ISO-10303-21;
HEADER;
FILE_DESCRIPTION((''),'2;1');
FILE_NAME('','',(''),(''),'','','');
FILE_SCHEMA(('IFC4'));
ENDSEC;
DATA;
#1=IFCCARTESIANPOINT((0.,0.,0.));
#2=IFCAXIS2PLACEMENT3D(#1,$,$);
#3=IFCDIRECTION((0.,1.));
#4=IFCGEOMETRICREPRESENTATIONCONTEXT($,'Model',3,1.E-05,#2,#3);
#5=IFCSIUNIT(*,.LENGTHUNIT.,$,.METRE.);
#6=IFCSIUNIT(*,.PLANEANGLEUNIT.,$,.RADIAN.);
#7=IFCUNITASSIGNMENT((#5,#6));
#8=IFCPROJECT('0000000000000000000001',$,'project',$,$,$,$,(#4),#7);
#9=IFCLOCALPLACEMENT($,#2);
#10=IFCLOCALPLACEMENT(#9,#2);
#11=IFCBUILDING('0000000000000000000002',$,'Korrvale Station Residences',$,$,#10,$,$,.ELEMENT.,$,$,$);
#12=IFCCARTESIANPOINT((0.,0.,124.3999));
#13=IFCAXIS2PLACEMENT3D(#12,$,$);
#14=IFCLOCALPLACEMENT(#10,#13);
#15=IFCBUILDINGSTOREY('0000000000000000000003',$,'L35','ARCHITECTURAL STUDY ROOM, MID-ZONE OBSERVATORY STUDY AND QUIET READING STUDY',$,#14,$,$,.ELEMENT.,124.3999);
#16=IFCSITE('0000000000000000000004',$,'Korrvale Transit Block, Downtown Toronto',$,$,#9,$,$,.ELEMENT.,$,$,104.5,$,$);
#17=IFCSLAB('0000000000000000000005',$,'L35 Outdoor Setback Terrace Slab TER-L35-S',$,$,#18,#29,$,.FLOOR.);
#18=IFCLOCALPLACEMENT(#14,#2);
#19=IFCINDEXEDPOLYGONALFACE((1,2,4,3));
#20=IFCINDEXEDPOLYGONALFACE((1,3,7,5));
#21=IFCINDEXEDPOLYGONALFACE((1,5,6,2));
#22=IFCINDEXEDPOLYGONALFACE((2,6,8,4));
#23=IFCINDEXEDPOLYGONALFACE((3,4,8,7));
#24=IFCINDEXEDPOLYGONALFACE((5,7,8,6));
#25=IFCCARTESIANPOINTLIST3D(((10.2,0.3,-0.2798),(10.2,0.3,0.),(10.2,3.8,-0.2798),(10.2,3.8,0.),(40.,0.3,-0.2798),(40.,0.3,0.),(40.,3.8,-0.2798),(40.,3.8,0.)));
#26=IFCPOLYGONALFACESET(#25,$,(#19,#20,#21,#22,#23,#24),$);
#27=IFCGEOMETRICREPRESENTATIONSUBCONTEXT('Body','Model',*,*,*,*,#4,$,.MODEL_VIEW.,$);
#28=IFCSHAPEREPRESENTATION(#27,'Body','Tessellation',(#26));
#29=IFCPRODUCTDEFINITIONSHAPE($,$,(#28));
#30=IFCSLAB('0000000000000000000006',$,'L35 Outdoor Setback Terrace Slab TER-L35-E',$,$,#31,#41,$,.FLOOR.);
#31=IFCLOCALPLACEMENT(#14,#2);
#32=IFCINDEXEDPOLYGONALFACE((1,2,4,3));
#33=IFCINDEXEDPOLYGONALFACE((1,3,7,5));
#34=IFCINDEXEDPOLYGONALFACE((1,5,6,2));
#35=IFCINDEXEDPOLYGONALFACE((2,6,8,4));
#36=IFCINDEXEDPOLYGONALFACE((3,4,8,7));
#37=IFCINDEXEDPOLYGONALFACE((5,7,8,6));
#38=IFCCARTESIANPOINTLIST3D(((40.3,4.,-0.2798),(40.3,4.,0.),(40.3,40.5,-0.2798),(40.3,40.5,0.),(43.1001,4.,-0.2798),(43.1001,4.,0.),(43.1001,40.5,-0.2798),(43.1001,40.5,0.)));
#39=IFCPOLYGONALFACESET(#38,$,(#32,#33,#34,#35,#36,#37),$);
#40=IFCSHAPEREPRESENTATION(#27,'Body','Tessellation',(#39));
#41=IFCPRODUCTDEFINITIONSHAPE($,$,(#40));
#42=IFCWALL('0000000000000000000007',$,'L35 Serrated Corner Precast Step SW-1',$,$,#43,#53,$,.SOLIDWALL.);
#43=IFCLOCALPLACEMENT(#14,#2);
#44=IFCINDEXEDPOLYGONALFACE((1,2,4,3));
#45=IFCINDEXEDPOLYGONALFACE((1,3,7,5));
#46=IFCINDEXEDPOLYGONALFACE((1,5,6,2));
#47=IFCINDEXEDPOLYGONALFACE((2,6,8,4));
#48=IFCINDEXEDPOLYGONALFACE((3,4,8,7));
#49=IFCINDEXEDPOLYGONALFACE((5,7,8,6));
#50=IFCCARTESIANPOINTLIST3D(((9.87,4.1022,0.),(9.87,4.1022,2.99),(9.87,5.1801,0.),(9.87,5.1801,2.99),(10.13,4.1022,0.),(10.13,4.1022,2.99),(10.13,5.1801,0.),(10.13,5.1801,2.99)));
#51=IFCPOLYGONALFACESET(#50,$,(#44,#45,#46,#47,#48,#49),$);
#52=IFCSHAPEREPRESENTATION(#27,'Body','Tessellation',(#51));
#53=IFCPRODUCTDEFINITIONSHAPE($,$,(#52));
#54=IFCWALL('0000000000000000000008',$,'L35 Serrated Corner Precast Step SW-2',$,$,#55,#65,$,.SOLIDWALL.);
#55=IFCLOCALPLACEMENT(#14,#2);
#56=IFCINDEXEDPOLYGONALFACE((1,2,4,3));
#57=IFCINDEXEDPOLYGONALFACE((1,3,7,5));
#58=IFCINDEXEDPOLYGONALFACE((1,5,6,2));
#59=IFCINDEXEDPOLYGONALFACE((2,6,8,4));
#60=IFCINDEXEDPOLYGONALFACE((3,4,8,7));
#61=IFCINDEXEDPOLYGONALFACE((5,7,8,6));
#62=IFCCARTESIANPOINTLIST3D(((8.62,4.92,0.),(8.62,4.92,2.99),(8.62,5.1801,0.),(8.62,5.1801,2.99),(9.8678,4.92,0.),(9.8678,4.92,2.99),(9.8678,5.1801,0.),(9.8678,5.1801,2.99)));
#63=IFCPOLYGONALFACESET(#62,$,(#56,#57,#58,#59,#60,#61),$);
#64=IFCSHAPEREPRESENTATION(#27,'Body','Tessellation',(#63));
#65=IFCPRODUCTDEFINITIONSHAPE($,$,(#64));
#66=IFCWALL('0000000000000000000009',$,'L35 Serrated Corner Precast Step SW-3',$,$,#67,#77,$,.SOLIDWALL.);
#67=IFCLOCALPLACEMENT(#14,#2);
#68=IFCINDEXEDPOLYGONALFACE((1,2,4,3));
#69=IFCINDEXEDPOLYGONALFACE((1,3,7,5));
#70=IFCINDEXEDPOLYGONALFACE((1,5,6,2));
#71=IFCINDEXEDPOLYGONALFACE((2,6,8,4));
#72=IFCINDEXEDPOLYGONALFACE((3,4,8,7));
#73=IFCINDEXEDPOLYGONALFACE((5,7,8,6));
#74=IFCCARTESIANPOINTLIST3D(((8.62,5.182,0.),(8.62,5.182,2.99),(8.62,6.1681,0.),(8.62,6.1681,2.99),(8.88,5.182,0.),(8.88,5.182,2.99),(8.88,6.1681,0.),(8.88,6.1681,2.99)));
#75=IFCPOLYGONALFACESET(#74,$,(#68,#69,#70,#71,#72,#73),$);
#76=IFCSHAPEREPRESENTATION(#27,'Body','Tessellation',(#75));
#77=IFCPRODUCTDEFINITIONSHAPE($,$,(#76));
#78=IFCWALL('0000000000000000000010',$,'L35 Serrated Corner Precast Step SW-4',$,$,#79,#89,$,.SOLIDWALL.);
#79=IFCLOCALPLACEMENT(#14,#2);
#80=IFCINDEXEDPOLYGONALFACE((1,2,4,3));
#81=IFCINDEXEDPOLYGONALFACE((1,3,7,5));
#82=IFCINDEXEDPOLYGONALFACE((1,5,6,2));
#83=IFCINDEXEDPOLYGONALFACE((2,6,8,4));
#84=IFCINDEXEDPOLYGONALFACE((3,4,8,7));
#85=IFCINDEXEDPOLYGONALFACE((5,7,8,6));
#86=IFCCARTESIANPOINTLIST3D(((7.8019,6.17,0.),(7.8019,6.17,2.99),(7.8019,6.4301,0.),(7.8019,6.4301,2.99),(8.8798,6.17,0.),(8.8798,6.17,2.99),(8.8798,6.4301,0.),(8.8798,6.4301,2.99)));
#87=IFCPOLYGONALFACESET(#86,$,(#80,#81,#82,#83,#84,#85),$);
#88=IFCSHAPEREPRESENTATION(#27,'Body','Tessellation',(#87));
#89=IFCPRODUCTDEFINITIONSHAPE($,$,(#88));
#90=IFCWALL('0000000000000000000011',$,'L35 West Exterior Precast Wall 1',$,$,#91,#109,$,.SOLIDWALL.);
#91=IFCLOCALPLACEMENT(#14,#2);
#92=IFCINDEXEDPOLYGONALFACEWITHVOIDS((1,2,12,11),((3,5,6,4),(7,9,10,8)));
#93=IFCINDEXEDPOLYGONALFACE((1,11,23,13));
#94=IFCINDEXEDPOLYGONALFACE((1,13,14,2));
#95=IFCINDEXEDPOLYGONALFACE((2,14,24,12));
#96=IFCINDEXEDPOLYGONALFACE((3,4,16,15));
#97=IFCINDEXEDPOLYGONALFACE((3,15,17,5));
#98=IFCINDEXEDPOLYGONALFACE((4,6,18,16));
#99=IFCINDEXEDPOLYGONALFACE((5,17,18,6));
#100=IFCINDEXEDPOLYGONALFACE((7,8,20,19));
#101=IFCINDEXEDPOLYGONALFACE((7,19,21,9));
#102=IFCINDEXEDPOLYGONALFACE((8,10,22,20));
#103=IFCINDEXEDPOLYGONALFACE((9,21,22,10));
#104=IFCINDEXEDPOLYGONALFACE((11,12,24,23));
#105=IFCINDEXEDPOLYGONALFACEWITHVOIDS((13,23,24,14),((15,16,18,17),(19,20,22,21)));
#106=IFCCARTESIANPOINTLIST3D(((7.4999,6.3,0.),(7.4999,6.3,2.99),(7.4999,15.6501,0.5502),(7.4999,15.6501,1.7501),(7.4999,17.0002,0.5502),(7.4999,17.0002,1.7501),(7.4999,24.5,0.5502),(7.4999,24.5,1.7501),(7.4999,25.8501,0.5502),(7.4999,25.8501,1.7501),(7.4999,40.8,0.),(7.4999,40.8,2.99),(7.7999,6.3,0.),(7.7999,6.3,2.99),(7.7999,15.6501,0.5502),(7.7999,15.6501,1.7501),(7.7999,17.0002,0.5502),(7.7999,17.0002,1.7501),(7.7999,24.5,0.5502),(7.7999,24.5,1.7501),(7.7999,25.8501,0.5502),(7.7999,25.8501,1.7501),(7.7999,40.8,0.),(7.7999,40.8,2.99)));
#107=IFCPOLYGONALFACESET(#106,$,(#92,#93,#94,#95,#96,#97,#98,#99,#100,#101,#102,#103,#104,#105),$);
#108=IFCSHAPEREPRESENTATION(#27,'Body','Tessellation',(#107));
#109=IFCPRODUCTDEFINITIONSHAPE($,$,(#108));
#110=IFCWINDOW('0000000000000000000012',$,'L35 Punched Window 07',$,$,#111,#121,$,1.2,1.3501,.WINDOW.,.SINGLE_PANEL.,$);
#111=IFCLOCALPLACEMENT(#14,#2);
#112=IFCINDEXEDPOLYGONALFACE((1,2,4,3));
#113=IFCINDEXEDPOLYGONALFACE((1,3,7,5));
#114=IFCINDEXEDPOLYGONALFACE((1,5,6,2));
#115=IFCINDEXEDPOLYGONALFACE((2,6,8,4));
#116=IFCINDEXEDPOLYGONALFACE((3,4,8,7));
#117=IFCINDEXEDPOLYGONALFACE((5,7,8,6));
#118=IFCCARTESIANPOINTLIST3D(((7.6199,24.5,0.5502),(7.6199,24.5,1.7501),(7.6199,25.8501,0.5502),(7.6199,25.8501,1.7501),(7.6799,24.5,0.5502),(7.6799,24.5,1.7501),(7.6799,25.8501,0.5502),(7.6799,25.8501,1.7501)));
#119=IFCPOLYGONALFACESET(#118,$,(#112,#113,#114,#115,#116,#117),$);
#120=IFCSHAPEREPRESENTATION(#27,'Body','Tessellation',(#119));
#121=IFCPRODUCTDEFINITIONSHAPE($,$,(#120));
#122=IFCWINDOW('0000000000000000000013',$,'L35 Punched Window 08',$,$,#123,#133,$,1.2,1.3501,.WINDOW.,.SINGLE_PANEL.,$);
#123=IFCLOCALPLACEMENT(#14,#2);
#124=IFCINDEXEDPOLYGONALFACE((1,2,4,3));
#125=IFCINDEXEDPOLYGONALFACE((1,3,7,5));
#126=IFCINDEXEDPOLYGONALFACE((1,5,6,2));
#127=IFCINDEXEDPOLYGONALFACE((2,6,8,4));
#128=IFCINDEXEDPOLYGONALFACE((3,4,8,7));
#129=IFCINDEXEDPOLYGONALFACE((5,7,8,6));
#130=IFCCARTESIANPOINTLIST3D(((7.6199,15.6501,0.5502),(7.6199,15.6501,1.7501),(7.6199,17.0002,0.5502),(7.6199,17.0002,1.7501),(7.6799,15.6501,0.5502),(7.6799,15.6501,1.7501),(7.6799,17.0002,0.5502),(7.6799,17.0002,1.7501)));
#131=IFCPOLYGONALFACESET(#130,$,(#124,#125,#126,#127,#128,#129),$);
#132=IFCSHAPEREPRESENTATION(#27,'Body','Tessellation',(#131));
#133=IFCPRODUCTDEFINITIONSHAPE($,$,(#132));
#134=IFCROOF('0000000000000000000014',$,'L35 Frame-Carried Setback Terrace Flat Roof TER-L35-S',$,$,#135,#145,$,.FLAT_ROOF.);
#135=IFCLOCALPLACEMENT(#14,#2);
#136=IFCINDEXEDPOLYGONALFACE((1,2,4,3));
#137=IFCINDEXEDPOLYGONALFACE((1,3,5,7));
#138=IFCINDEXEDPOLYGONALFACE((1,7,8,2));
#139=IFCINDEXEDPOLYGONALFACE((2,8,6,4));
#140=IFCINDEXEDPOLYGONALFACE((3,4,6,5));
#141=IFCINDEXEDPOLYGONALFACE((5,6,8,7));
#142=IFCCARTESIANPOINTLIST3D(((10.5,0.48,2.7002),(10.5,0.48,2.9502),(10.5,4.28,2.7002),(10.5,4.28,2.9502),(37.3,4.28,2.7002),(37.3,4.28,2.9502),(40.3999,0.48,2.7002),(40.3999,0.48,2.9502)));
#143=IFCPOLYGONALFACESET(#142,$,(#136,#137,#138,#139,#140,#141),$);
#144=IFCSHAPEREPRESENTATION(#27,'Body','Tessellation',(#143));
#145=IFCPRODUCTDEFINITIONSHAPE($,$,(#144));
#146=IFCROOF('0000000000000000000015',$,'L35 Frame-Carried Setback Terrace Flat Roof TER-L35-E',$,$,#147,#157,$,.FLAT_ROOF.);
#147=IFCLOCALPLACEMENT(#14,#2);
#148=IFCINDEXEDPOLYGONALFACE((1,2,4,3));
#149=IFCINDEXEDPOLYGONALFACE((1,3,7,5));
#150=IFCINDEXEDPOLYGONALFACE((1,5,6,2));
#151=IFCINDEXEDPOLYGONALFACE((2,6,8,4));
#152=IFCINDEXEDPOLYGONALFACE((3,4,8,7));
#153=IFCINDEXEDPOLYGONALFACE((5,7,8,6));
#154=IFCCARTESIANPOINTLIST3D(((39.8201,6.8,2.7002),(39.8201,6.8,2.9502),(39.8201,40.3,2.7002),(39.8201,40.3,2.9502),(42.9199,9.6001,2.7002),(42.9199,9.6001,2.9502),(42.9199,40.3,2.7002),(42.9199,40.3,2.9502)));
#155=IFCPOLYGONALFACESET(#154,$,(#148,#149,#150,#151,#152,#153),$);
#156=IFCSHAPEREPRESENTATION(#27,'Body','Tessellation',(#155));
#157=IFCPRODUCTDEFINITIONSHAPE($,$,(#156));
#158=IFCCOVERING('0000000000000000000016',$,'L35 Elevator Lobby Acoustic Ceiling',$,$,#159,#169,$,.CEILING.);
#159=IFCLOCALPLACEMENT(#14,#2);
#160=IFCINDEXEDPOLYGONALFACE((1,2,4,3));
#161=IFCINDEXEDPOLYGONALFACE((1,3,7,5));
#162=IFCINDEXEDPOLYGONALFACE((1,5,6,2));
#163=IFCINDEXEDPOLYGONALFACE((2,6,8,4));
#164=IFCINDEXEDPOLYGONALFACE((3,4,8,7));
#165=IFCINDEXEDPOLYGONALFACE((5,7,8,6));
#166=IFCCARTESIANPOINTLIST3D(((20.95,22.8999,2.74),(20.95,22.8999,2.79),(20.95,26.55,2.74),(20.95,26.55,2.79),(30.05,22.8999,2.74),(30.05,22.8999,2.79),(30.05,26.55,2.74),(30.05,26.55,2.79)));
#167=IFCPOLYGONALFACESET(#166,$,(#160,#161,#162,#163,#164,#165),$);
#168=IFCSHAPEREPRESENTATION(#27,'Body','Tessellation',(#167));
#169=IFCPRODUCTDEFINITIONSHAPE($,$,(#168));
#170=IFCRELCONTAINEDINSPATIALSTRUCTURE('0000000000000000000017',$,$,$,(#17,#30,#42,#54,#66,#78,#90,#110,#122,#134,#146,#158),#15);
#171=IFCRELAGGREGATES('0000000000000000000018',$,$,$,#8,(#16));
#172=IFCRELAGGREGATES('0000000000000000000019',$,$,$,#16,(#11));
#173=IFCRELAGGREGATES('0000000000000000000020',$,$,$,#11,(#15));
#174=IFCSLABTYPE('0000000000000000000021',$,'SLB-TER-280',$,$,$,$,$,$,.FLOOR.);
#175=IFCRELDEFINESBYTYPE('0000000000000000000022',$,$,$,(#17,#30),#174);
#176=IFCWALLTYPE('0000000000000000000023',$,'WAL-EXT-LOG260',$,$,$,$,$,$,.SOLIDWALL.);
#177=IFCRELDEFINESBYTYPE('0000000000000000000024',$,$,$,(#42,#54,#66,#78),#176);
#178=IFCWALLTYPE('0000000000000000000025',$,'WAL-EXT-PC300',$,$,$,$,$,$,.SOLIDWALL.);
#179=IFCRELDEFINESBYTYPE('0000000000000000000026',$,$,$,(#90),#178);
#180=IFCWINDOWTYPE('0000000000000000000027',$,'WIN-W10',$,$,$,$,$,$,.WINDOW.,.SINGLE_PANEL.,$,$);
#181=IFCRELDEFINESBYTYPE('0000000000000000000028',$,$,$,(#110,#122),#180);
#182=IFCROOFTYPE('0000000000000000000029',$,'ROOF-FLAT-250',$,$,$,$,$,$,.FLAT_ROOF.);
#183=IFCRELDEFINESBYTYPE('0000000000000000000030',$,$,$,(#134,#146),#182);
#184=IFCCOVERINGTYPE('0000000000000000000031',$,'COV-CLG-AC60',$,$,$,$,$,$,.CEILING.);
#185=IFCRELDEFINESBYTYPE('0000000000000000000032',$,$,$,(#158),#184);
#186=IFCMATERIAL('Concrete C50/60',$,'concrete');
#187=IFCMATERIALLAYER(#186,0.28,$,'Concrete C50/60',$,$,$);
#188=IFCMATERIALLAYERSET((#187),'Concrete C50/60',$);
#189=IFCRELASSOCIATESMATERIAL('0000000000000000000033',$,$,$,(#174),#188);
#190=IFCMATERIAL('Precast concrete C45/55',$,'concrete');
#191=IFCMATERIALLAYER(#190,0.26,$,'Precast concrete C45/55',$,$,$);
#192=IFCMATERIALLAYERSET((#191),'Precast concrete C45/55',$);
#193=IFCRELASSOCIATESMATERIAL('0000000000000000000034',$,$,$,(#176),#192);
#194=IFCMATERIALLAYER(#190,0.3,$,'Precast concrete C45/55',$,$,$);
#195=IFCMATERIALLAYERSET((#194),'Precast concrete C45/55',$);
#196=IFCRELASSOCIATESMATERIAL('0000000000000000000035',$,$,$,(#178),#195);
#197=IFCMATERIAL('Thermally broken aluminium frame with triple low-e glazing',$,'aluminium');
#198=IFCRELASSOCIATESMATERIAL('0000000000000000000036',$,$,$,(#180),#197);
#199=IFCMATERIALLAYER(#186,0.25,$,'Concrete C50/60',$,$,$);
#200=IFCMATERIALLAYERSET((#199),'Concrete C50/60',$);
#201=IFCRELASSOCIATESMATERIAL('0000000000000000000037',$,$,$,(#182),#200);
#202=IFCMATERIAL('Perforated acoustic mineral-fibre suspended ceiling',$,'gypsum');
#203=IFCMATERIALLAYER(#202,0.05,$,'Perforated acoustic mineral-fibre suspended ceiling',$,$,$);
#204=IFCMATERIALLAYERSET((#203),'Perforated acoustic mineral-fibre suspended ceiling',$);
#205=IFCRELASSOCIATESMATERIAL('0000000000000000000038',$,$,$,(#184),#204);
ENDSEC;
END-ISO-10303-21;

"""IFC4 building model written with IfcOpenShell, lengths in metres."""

from ifc_helpers import new_model, si_unit, direction, frame, frame_2d, origin, place, context, subcontext, project, spatial, polyline, rectangle, outline, extrude, material, layer, layer_set, type_object, element, fill, save


model = new_model("IFC4")

# Units and contexts
model_context = context("Model", 3, precision=1e-05, world=origin(), true_north=direction((0.0, 1.0)))
body_context = subcontext(model_context, "Body", "Model", "MODEL_VIEW")
ifc_project = project(units=[si_unit("LENGTHUNIT", "METRE"), si_unit("PLANEANGLEUNIT", "RADIAN")], contexts=[model_context])

# Site, building, storey
site_placement = place(None, origin())
site = spatial("IfcSite", under=ifc_project, at=site_placement, Name="Korrvale Transit Block, Downtown Toronto", CompositionType="ELEMENT", RefElevation=104.5)
building_placement = place(site_placement, origin())
building = spatial("IfcBuilding", under=site, at=building_placement, Name="Korrvale Station Residences", CompositionType="ELEMENT")
storey_placement = place(building_placement, frame((0.0, 0.0, 124.3999)))
storey = spatial("IfcBuildingStorey", under=building, at=storey_placement, Name="L35", Description="ARCHITECTURAL STUDY ROOM, MID-ZONE OBSERVATORY STUDY AND QUIET READING STUDY", CompositionType="ELEMENT", Elevation=124.3999)

# Shared definitions
ifc_material_1 = material(Name="Concrete C50/60", Category="concrete")

# Slabs
ifc_layer_1 = layer(ifc_material_1, 0.28, Name="Concrete C50/60")
ifc_layer_set_1 = layer_set([ifc_layer_1], Name="Concrete C50/60")
slab_type_1 = type_object("IfcSlabType", Name="SLB-TER-280", PredefinedType="FLOOR", material=ifc_layer_set_1)
slab_1_placement = place(storey_placement, frame((0.0, 0.0, -0.2798)))
element("IfcSlab", 1, at=slab_1_placement, inside=storey, type_object=slab_type_1, Name="L35 Outdoor Setback Terrace Slab TER-L35-S", PredefinedType="FLOOR", context=body_context, shape_type="SweptSolid", body=[
    extrude(outline(polyline([(10.2, 0.3), (40.0, 0.3), (40.0, 3.8), (10.2, 3.8), (10.2, 0.3)])), origin(), (0.0, 0.0, 1.0), 0.2798),
])
slab_2_placement = place(storey_placement, frame((0.0, 0.0, -0.2798)))
element("IfcSlab", 2, at=slab_2_placement, inside=storey, type_object=slab_type_1, Name="L35 Outdoor Setback Terrace Slab TER-L35-E", PredefinedType="FLOOR", context=body_context, shape_type="SweptSolid", body=[
    extrude(outline(polyline([(40.3, 4.0), (43.1001, 4.0), (43.1001, 40.5), (40.3, 40.5), (40.3, 4.0)])), origin(), (0.0, 0.0, 1.0), 0.2798),
])

# Walls
ifc_material_2 = material(Name="Precast concrete C45/55", Category="concrete")
ifc_layer_2 = layer(ifc_material_2, 0.26, Name="Precast concrete C45/55")
ifc_layer_set_2 = layer_set([ifc_layer_2], Name="Precast concrete C45/55")
wall_type_1 = type_object("IfcWallType", Name="WAL-EXT-LOG260", PredefinedType="SOLIDWALL", material=ifc_layer_set_2)
wall_1_placement = place(storey_placement, frame((10.0, 4.1021, 0.0), z_axis=(0.0, 0.0, 1.0), x_axis=(0.0, 1.0, 0.0)))
element("IfcWall", 3, at=wall_1_placement, inside=storey, type_object=wall_type_1, Name="L35 Serrated Corner Precast Step SW-1", PredefinedType="SOLIDWALL", context=body_context, shape_type="SweptSolid", body=[
    extrude(rectangle(XDim=1.0779, YDim=0.26, at=frame_2d((0.5391, 0.0))), origin(), (0.0, 0.0, 1.0), 2.99),
])
wall_2_placement = place(storey_placement, frame((9.8679, 5.05, 0.0), z_axis=(0.0, 0.0, 1.0), x_axis=(-1.0, 0.0, 0.0)))
element("IfcWall", 4, at=wall_2_placement, inside=storey, type_object=wall_type_1, Name="L35 Serrated Corner Precast Step SW-2", PredefinedType="SOLIDWALL", context=body_context, shape_type="SweptSolid", body=[
    extrude(rectangle(XDim=1.2478, YDim=0.26, at=frame_2d((0.624, 0.0))), origin(), (0.0, 0.0, 1.0), 2.99),
])
wall_3_placement = place(storey_placement, frame((8.75, 5.1819, 0.0), z_axis=(0.0, 0.0, 1.0), x_axis=(0.0, 1.0, 0.0)))
element("IfcWall", 5, at=wall_3_placement, inside=storey, type_object=wall_type_1, Name="L35 Serrated Corner Precast Step SW-3", PredefinedType="SOLIDWALL", context=body_context, shape_type="SweptSolid", body=[
    extrude(rectangle(XDim=0.9861, YDim=0.26, at=frame_2d((0.4932, 0.0))), origin(), (0.0, 0.0, 1.0), 2.99),
])
wall_4_placement = place(storey_placement, frame((8.8799, 6.3, 0.0), z_axis=(0.0, 0.0, 1.0), x_axis=(-1.0, 0.0, 0.0)))
element("IfcWall", 6, at=wall_4_placement, inside=storey, type_object=wall_type_1, Name="L35 Serrated Corner Precast Step SW-4", PredefinedType="SOLIDWALL", context=body_context, shape_type="SweptSolid", body=[
    extrude(rectangle(XDim=1.0779, YDim=0.26, at=frame_2d((0.5391, 0.0))), origin(), (0.0, 0.0, 1.0), 2.99),
])

# Wall, openings, windows
ifc_layer_3 = layer(ifc_material_2, 0.3, Name="Precast concrete C45/55")
ifc_layer_set_3 = layer_set([ifc_layer_3], Name="Precast concrete C45/55")
wall_type_2 = type_object("IfcWallType", Name="WAL-EXT-PC300", PredefinedType="SOLIDWALL", material=ifc_layer_set_3)
wall_5_placement = place(storey_placement, frame((7.6499, 6.3, 0.0), z_axis=(0.0, 0.0, 1.0), x_axis=(0.0, 1.0, 0.0)))
wall_5 = element("IfcWall", 7, at=wall_5_placement, inside=storey, type_object=wall_type_2, Name="L35 West Exterior Precast Wall 1", PredefinedType="SOLIDWALL", context=body_context, shape_type="SweptSolid", body=[
    extrude(rectangle(XDim=34.5, YDim=0.3, at=frame_2d((17.25, 0.0))), origin(), (0.0, 0.0, 1.0), 2.99),
])
opening_1_placement = place(wall_5_placement, frame((18.2, 0.0, 0.55)))
opening_1 = element("IfcOpeningElement", 8, at=opening_1_placement, cuts=wall_5, PredefinedType="OPENING", context=body_context, shape_type="SweptSolid", body=[
    extrude(rectangle(XDim=1.3501, YDim=1.2, at=frame_2d((0.675, 0.6001))), frame((0.0, 0.1602, 0.0), z_axis=(0.0, -1.0, 0.0), x_axis=(1.0, 0.0, 0.0)), (0.0, 0.0, 1.0), 0.3201),
])
opening_2_placement = place(wall_5_placement, frame((9.3501, 0.0, 0.55)))
opening_2 = element("IfcOpeningElement", 9, at=opening_2_placement, cuts=wall_5, PredefinedType="OPENING", context=body_context, shape_type="SweptSolid", body=[
    extrude(rectangle(XDim=1.3501, YDim=1.2, at=frame_2d((0.675, 0.6001))), frame((0.0, 0.1602, 0.0), z_axis=(0.0, -1.0, 0.0), x_axis=(1.0, 0.0, 0.0)), (0.0, 0.0, 1.0), 0.3201),
])
ifc_material_3 = material(Name="Thermally broken aluminium frame with triple low-e glazing", Category="aluminium")
window_type = type_object("IfcWindowType", Name="WIN-W10", PartitioningType="SINGLE_PANEL", PredefinedType="WINDOW", material=ifc_material_3)
window_1_placement = place(opening_1_placement, origin())
window_1 = element("IfcWindow", 10, at=window_1_placement, inside=storey, type_object=window_type, Name="L35 Punched Window 07", OverallHeight=1.2, OverallWidth=1.3501, PartitioningType="SINGLE_PANEL", PredefinedType="WINDOW", context=body_context, shape_type="SweptSolid", body=[
    extrude(rectangle(XDim=1.3501, YDim=1.2, at=frame_2d((0.675, 0.6001))), frame((0.0, 0.03, 0.0), z_axis=(0.0, -1.0, 0.0), x_axis=(1.0, 0.0, 0.0)), (0.0, 0.0, 1.0), 0.0601),
])
fill(opening_1, window_1)
window_2_placement = place(opening_2_placement, origin())
window_2 = element("IfcWindow", 11, at=window_2_placement, inside=storey, type_object=window_type, Name="L35 Punched Window 08", OverallHeight=1.2, OverallWidth=1.3501, PartitioningType="SINGLE_PANEL", PredefinedType="WINDOW", context=body_context, shape_type="SweptSolid", body=[
    extrude(rectangle(XDim=1.3501, YDim=1.2, at=frame_2d((0.675, 0.6001))), frame((0.0, 0.03, 0.0), z_axis=(0.0, -1.0, 0.0), x_axis=(1.0, 0.0, 0.0)), (0.0, 0.0, 1.0), 0.0601),
])
fill(opening_2, window_2)

# Roofs
ifc_layer_4 = layer(ifc_material_1, 0.25, Name="Concrete C50/60")
ifc_layer_set_4 = layer_set([ifc_layer_4], Name="Concrete C50/60")
roof_type = type_object("IfcRoofType", Name="ROOF-FLAT-250", PredefinedType="FLAT_ROOF", material=ifc_layer_set_4)
roof_1_placement = place(storey_placement, frame((0.0, 0.0, 2.7002)))
element("IfcRoof", 12, at=roof_1_placement, inside=storey, type_object=roof_type, Name="L35 Frame-Carried Setback Terrace Flat Roof TER-L35-S", PredefinedType="FLAT_ROOF", context=body_context, shape_type="SweptSolid", body=[
    extrude(outline(polyline([(10.5, 0.48), (40.3999, 0.48), (37.3, 4.28), (10.5, 4.28), (10.5, 0.48)])), origin(), (0.0, 0.0, 1.0), 0.25),
])
roof_2_placement = place(storey_placement, frame((0.0, 0.0, 2.7002)))
element("IfcRoof", 13, at=roof_2_placement, inside=storey, type_object=roof_type, Name="L35 Frame-Carried Setback Terrace Flat Roof TER-L35-E", PredefinedType="FLAT_ROOF", context=body_context, shape_type="SweptSolid", body=[
    extrude(outline(polyline([(42.9199, 9.6001), (42.9199, 40.3), (39.8201, 40.3), (39.8201, 6.8), (42.9199, 9.6001)])), origin(), (0.0, 0.0, 1.0), 0.25),
])

# Covering
ifc_material_4 = material(Name="Perforated acoustic mineral-fibre suspended ceiling", Category="gypsum")
ifc_layer_5 = layer(ifc_material_4, 0.05, Name="Perforated acoustic mineral-fibre suspended ceiling")
ifc_layer_set_5 = layer_set([ifc_layer_5], Name="Perforated acoustic mineral-fibre suspended ceiling")
covering_type_1 = type_object("IfcCoveringType", Name="COV-CLG-AC60", PredefinedType="CEILING", material=ifc_layer_set_5)
covering_1_placement = place(storey_placement, frame((0.0, 0.0, 2.74)))
element("IfcCovering", 14, at=covering_1_placement, inside=storey, type_object=covering_type_1, Name="L35 Elevator Lobby Acoustic Ceiling", PredefinedType="CEILING", context=body_context, shape_type="SweptSolid", body=[
    extrude(outline(polyline([(20.95, 22.8999), (30.05, 22.8999), (30.05, 26.55), (20.95, 26.55), (20.95, 22.8999)])), origin(), (0.0, 0.0, 1.0), 0.05),
])

save(model, "model.ifc")
